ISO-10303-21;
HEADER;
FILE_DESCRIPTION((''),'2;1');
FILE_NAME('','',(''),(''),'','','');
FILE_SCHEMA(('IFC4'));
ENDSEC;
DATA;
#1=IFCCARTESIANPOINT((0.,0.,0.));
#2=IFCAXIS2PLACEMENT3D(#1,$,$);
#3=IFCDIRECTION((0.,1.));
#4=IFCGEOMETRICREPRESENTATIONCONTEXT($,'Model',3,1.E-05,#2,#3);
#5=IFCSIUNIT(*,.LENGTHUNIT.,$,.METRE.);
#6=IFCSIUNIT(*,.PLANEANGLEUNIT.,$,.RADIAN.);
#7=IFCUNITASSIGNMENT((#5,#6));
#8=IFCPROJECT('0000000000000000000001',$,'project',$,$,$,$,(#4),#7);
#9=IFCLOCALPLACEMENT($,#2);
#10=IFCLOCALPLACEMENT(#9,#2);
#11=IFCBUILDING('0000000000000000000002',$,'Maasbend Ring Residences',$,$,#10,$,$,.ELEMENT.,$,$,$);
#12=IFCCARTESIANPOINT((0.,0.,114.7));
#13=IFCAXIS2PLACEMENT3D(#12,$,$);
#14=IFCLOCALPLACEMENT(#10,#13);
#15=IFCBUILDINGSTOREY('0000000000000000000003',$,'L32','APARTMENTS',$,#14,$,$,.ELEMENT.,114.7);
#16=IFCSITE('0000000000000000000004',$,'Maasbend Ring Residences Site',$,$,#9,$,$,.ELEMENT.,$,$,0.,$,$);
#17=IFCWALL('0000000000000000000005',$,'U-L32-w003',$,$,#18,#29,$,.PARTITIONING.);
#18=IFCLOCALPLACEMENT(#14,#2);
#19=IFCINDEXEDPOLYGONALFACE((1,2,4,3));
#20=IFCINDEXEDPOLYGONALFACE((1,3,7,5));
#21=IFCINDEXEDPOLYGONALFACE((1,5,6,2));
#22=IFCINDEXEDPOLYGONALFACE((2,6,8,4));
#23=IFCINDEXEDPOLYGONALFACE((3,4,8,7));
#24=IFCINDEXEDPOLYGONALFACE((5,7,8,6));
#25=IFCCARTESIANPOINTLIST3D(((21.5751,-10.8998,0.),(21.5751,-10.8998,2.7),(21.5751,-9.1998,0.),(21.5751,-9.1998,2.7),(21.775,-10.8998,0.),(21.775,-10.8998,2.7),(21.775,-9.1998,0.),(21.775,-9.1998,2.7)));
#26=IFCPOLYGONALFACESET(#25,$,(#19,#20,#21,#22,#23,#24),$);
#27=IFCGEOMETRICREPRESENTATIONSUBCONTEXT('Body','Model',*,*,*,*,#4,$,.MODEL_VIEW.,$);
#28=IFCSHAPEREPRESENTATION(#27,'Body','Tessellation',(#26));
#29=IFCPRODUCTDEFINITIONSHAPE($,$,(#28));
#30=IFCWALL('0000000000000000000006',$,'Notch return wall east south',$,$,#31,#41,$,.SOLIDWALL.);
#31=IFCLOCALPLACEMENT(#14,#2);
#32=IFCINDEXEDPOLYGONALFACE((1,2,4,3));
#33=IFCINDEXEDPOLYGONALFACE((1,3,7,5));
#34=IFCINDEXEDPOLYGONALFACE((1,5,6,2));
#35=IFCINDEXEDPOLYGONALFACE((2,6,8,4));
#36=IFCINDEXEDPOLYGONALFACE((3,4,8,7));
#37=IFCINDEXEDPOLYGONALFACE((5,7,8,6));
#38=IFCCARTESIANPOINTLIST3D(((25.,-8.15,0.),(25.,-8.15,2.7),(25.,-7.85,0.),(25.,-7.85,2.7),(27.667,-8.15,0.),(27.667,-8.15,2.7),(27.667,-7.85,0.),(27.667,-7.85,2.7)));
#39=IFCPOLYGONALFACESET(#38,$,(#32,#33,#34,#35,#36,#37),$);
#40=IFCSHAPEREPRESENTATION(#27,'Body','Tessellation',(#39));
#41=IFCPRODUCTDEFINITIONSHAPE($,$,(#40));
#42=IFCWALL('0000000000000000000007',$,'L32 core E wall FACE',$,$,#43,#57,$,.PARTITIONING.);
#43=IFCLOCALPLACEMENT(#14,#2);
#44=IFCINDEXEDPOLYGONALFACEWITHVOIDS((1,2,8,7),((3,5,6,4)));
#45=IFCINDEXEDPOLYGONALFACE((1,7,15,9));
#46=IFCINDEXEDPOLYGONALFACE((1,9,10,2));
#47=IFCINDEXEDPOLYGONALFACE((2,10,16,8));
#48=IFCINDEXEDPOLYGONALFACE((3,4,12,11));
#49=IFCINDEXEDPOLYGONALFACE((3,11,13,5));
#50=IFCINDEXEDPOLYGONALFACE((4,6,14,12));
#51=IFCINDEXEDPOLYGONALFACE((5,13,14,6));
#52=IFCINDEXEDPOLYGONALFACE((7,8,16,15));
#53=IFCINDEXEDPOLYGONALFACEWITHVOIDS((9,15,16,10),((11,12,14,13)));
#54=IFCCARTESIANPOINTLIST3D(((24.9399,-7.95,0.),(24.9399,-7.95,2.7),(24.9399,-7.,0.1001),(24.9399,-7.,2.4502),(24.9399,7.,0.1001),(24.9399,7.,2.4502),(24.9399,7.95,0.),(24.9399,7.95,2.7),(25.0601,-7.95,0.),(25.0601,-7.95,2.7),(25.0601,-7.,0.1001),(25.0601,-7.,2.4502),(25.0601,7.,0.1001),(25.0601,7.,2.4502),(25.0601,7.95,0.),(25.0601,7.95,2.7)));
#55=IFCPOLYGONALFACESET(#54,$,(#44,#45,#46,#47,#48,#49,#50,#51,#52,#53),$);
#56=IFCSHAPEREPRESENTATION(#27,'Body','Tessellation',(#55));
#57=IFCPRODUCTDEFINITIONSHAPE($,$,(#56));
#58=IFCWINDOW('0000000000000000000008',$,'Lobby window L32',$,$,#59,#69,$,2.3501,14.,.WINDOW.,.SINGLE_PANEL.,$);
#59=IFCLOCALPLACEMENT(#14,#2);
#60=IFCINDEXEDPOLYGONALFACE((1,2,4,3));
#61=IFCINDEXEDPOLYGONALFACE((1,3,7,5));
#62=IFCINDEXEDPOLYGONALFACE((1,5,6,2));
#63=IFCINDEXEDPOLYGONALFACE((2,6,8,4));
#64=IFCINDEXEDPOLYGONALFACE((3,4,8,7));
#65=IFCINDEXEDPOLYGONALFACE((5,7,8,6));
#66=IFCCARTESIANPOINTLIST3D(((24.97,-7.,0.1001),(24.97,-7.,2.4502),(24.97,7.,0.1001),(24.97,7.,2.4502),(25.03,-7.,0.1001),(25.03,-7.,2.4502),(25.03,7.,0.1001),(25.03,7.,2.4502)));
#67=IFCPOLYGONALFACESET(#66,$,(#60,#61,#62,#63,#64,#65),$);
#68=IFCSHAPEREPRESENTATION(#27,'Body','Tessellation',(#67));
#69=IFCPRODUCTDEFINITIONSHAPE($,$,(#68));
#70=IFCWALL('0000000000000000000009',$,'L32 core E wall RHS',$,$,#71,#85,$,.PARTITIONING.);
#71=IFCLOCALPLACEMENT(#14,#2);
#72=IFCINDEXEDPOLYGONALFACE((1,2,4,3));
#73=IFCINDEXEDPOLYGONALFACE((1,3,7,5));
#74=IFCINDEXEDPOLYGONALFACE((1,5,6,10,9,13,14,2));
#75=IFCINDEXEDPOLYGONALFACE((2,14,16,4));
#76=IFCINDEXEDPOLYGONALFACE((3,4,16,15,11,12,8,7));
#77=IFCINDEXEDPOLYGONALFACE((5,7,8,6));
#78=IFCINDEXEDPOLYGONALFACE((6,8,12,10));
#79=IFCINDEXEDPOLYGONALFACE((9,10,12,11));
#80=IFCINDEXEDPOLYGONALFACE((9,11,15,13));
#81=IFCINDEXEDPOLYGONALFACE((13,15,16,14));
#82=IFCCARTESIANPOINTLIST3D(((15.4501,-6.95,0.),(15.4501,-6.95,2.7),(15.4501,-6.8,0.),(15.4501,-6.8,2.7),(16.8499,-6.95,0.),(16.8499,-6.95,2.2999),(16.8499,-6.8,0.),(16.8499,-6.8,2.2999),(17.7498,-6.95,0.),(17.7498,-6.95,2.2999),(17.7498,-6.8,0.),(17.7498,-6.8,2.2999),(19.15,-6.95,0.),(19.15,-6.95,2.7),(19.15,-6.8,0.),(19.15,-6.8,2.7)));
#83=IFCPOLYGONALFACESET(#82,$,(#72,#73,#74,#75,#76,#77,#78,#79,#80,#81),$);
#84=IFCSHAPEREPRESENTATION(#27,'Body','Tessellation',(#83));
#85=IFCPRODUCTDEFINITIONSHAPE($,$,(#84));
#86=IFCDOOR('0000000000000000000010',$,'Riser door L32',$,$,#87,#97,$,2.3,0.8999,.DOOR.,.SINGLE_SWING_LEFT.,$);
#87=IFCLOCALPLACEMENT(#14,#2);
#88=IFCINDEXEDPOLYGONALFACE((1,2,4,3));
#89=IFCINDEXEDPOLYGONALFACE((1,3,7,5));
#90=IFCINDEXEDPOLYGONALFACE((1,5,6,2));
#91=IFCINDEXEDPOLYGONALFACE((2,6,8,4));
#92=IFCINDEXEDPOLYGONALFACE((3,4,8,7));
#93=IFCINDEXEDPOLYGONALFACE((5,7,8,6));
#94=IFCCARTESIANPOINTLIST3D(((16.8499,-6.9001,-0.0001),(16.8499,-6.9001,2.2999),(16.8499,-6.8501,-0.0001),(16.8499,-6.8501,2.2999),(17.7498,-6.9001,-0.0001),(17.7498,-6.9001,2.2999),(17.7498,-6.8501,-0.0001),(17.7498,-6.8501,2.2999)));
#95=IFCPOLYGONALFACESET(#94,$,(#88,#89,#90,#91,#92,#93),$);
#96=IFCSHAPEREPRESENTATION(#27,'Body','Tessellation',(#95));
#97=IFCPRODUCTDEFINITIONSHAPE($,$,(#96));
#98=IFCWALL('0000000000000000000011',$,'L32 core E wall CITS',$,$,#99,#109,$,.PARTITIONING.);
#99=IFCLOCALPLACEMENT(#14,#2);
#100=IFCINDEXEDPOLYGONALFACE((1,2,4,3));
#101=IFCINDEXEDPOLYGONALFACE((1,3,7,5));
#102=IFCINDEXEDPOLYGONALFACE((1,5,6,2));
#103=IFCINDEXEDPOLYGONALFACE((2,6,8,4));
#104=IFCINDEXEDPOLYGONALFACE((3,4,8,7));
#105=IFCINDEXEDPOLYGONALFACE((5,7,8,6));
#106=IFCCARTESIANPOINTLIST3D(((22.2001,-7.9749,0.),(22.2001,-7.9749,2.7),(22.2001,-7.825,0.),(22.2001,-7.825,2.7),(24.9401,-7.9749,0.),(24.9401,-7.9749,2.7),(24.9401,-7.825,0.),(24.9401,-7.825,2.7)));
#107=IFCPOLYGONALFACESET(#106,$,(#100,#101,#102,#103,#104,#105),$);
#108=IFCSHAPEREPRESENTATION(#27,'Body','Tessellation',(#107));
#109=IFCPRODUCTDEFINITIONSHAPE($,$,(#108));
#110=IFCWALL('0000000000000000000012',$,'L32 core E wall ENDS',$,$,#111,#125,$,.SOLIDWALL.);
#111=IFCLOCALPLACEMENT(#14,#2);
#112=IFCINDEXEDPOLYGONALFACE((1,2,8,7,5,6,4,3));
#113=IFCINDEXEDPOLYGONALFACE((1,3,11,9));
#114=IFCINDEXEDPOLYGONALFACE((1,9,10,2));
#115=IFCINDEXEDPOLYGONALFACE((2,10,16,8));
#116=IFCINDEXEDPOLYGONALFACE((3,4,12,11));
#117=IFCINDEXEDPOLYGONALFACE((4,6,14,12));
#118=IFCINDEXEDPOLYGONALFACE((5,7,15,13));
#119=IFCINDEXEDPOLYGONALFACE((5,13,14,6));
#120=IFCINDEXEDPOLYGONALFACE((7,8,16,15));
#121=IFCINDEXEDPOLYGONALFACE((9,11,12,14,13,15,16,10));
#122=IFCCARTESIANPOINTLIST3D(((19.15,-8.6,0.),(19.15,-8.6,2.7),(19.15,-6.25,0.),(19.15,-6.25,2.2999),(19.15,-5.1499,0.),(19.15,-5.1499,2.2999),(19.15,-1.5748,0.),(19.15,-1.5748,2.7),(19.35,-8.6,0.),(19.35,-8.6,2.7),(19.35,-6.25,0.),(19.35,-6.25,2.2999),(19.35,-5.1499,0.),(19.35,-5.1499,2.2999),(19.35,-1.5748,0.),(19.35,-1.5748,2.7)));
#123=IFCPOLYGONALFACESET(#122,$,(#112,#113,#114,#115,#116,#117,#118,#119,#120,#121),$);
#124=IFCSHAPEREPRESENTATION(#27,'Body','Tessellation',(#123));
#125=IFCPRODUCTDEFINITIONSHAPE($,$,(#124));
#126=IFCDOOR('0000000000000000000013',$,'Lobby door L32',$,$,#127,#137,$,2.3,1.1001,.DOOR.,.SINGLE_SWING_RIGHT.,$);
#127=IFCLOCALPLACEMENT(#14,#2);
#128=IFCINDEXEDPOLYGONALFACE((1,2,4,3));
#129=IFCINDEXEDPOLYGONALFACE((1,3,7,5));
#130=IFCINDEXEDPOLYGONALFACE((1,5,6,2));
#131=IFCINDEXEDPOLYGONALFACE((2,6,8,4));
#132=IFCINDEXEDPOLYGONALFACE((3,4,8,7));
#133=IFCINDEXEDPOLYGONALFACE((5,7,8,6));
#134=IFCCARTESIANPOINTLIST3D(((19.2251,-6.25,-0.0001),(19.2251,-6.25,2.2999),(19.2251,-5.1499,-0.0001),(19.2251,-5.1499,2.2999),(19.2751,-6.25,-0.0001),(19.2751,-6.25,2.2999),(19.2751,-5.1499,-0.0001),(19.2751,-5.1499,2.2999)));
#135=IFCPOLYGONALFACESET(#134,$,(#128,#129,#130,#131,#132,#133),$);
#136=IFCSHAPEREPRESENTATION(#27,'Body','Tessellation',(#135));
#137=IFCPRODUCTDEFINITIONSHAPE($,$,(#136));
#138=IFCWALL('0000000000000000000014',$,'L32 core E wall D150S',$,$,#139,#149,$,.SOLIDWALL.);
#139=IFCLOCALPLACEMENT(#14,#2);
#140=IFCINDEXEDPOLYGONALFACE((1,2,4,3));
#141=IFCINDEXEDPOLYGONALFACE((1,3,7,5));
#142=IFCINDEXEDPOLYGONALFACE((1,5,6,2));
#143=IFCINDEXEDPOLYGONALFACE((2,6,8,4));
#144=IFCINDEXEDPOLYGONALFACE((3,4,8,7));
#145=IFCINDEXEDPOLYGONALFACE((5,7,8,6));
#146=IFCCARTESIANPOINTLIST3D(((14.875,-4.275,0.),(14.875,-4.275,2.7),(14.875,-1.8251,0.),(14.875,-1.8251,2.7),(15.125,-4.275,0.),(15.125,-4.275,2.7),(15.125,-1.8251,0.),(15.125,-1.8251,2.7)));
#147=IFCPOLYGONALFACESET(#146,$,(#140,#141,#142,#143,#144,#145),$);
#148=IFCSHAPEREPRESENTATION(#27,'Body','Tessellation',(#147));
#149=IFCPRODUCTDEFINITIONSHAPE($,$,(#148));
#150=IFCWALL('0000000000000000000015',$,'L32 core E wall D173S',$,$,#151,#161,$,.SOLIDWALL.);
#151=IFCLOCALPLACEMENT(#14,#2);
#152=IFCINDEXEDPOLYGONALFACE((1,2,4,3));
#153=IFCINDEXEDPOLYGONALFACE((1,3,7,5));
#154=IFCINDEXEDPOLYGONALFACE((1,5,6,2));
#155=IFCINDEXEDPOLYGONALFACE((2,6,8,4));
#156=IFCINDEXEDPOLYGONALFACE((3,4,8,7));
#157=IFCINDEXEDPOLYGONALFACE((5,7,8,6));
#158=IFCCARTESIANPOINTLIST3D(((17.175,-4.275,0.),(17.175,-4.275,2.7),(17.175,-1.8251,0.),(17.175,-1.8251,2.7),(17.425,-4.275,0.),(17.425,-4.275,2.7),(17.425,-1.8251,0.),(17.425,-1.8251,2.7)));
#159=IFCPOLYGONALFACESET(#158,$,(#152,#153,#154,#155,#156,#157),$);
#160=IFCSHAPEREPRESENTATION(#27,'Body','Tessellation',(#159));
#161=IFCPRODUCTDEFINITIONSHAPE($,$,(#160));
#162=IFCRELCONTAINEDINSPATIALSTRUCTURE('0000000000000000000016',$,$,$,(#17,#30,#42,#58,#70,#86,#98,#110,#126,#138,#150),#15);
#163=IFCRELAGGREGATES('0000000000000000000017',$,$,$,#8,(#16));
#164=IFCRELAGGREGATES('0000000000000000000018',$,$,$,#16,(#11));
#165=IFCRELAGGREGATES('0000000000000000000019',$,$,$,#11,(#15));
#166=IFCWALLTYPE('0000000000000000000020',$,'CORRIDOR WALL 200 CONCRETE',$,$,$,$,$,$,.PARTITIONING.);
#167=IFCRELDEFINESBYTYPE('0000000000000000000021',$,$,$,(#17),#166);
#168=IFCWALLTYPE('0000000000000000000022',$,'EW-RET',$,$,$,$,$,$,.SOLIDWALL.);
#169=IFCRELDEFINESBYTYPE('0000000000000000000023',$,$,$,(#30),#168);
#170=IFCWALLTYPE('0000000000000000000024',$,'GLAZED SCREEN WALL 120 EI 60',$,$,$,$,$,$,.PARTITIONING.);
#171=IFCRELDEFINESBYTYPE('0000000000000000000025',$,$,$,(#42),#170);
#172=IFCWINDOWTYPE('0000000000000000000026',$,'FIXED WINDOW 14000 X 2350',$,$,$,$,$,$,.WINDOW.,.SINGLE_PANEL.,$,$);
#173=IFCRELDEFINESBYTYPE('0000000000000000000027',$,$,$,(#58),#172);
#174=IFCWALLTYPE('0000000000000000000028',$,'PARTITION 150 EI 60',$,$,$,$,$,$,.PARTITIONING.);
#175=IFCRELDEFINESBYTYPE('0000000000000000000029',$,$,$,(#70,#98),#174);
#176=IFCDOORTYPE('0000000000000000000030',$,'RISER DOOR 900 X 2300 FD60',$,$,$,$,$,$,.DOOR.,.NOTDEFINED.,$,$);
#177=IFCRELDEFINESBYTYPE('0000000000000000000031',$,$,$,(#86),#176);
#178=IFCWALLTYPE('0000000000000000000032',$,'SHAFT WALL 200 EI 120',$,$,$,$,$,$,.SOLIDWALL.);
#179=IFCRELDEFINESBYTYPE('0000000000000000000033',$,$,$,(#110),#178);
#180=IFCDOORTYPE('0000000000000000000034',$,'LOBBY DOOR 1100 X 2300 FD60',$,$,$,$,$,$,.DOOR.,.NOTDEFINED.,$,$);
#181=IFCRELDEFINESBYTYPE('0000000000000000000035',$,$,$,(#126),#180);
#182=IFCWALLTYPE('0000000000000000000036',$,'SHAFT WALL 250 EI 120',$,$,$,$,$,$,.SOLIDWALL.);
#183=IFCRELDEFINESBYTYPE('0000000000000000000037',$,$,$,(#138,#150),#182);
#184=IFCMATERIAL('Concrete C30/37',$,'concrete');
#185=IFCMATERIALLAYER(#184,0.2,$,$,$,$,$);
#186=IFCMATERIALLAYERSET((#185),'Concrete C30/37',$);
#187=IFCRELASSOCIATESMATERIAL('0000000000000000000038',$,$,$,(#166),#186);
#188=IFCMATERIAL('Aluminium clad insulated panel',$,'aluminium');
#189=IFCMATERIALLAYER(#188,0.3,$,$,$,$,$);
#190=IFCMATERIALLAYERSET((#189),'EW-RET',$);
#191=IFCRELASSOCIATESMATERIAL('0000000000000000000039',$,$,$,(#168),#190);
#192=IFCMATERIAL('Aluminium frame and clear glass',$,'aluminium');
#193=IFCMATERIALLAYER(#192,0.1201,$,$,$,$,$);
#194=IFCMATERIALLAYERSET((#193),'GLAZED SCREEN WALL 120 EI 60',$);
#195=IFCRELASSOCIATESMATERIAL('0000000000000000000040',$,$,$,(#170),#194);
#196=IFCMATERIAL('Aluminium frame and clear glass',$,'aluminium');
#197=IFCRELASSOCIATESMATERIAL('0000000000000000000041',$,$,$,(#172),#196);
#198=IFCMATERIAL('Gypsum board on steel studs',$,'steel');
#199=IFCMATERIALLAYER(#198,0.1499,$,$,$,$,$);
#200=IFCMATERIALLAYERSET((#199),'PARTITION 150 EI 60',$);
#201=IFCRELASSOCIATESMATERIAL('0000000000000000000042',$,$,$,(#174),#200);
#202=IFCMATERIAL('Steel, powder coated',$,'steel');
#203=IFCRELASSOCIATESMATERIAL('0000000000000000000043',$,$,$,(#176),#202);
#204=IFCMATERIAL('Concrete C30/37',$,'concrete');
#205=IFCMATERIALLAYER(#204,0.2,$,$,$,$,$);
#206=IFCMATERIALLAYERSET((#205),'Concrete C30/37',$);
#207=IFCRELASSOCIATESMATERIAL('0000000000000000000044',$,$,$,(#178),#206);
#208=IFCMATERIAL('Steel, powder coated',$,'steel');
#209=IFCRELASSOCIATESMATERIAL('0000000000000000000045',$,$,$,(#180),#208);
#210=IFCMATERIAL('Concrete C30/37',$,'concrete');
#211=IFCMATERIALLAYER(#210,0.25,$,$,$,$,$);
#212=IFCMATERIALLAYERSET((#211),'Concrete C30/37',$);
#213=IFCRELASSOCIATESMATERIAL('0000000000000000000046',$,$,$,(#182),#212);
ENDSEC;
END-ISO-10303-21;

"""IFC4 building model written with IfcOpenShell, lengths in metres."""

from ifc_helpers import new_model, si_unit, direction, frame, frame_2d, origin, place, context, subcontext, project, spatial, rectangle, extrude, material, layer, layer_set, type_object, element, fill, save


model = new_model("IFC4")

# Units and contexts
model_context = context("Model", 3, precision=1e-05, world=origin(), true_north=direction((0.0, 1.0)))
body_context = subcontext(model_context, "Body", "Model", "MODEL_VIEW")
ifc_project = project(units=[si_unit("LENGTHUNIT", "METRE"), si_unit("PLANEANGLEUNIT", "RADIAN")], contexts=[model_context])

# Site, building, storey
site_placement = place(None, origin())
site = spatial("IfcSite", under=ifc_project, at=site_placement, Name="Maasbend Ring Residences Site", CompositionType="ELEMENT", RefElevation=0.0)
building_placement = place(site_placement, origin())
building = spatial("IfcBuilding", under=site, at=building_placement, Name="Maasbend Ring Residences", CompositionType="ELEMENT")
storey_placement = place(building_placement, frame((0.0, 0.0, 114.7)))
storey = spatial("IfcBuildingStorey", under=building, at=storey_placement, Name="L32", Description="APARTMENTS", CompositionType="ELEMENT", Elevation=114.7)

# Walls
ifc_material_1 = material(Name="Concrete C30/37", Category="concrete")
ifc_layer_1 = layer(ifc_material_1, 0.2)
ifc_layer_set_1 = layer_set([ifc_layer_1], Name="Concrete C30/37")
wall_type_1 = type_object("IfcWallType", Name="CORRIDOR WALL 200 CONCRETE", PredefinedType="PARTITIONING", material=ifc_layer_set_1)
wall_1_placement = place(storey_placement, frame((21.675, -10.8999, 0.0), z_axis=(0.0, 0.0, 1.0), x_axis=(0.0, 1.0, 0.0)))
element("IfcWall", 1, at=wall_1_placement, inside=storey, type_object=wall_type_1, Name="U-L32-w003", PredefinedType="PARTITIONING", context=body_context, shape_type="SweptSolid", body=[
    extrude(rectangle(XDim=1.7, YDim=0.2, at=frame_2d((0.8501, 0.0))), origin(), (0.0, 0.0, 1.0), 2.7),
])
ifc_material_2 = material(Name="Aluminium clad insulated panel", Category="aluminium")
ifc_layer_2 = layer(ifc_material_2, 0.3)
ifc_layer_set_2 = layer_set([ifc_layer_2], Name="EW-RET")
wall_type_2 = type_object("IfcWallType", Name="EW-RET", PredefinedType="SOLIDWALL", material=ifc_layer_set_2)
wall_2_placement = place(storey_placement, frame((25.0, -8.0, 0.0), z_axis=(0.0, 0.0, 1.0), x_axis=(1.0, 0.0, 0.0)))
element("IfcWall", 2, at=wall_2_placement, inside=storey, type_object=wall_type_2, Name="Notch return wall east south", PredefinedType="SOLIDWALL", context=body_context, shape_type="SweptSolid", body=[
    extrude(rectangle(XDim=2.667, YDim=0.3, at=frame_2d((1.3335, 0.0))), origin(), (0.0, 0.0, 1.0), 2.7),
])

# Wall, opening, window
ifc_material_3 = material(Name="Aluminium frame and clear glass", Category="aluminium")
ifc_layer_3 = layer(ifc_material_3, 0.1201)
ifc_layer_set_3 = layer_set([ifc_layer_3], Name="GLAZED SCREEN WALL 120 EI 60")
wall_type_3 = type_object("IfcWallType", Name="GLAZED SCREEN WALL 120 EI 60", PredefinedType="PARTITIONING", material=ifc_layer_set_3)
wall_3_placement = place(storey_placement, frame((25.0, -7.95, 0.0), z_axis=(0.0, 0.0, 1.0), x_axis=(0.0, 1.0, 0.0)))
wall_3 = element("IfcWall", 3, at=wall_3_placement, inside=storey, type_object=wall_type_3, Name="L32 core E wall FACE", PredefinedType="PARTITIONING", context=body_context, shape_type="SweptSolid", body=[
    extrude(rectangle(XDim=15.8999, YDim=0.1201, at=frame_2d((7.95, 0.0))), origin(), (0.0, 0.0, 1.0), 2.7),
])
opening_1_placement = place(wall_3_placement, frame((0.95, 0.0, 0.1001)))
opening_1 = element("IfcOpeningElement", 4, at=opening_1_placement, cuts=wall_3, PredefinedType="OPENING", context=body_context, shape_type="SweptSolid", body=[
    extrude(rectangle(XDim=14.0, YDim=2.3501, at=frame_2d((7.0, 1.175))), frame((0.0, 0.0701, 0.0), z_axis=(0.0, -1.0, 0.0), x_axis=(1.0, 0.0, 0.0)), (0.0, 0.0, 1.0), 0.1401),
])
ifc_material_4 = material(Name="Aluminium frame and clear glass", Category="aluminium")
window_type = type_object("IfcWindowType", Name="FIXED WINDOW 14000 X 2350", PartitioningType="SINGLE_PANEL", PredefinedType="WINDOW", material=ifc_material_4)
window_placement = place(opening_1_placement, origin())
window = element("IfcWindow", 5, at=window_placement, inside=storey, type_object=window_type, Name="Lobby window L32", OverallHeight=2.3501, OverallWidth=14.0, PartitioningType="SINGLE_PANEL", PredefinedType="WINDOW", context=body_context, shape_type="SweptSolid", body=[
    extrude(rectangle(XDim=14.0, YDim=2.3501, at=frame_2d((7.0, 1.175))), frame((0.0, 0.03, 0.0), z_axis=(0.0, -1.0, 0.0), x_axis=(1.0, 0.0, 0.0)), (0.0, 0.0, 1.0), 0.0601),
])
fill(opening_1, window)

# Wall, opening, door
ifc_material_5 = material(Name="Gypsum board on steel studs", Category="steel")
ifc_layer_4 = layer(ifc_material_5, 0.1499)
ifc_layer_set_4 = layer_set([ifc_layer_4], Name="PARTITION 150 EI 60")
wall_type_4 = type_object("IfcWallType", Name="PARTITION 150 EI 60", PredefinedType="PARTITIONING", material=ifc_layer_set_4)
wall_4_placement = place(storey_placement, frame((15.45, -6.875, 0.0), z_axis=(0.0, 0.0, 1.0), x_axis=(1.0, 0.0, 0.0)))
wall_4 = element("IfcWall", 6, at=wall_4_placement, inside=storey, type_object=wall_type_4, Name="L32 core E wall RHS", PredefinedType="PARTITIONING", context=body_context, shape_type="SweptSolid", body=[
    extrude(rectangle(XDim=3.7, YDim=0.1499, at=frame_2d((1.8501, 0.0))), origin(), (0.0, 0.0, 1.0), 2.7),
])
opening_2_placement = place(wall_4_placement, frame((1.3999, 0.0, 0.0)))
opening_2 = element("IfcOpeningElement", 7, at=opening_2_placement, cuts=wall_4, PredefinedType="OPENING", context=body_context, shape_type="SweptSolid", body=[
    extrude(rectangle(XDim=0.8999, YDim=2.3, at=frame_2d((0.45, 1.1499))), frame((0.0, 0.085, 0.0), z_axis=(0.0, -1.0, 0.0), x_axis=(1.0, 0.0, 0.0)), (0.0, 0.0, 1.0), 0.1699),
])
ifc_material_6 = material(Name="Steel, powder coated", Category="steel")
door_type_1 = type_object("IfcDoorType", Name="RISER DOOR 900 X 2300 FD60", OperationType="NOTDEFINED", PredefinedType="DOOR", material=ifc_material_6)
door_1_placement = place(opening_2_placement, origin())
door_1 = element("IfcDoor", 8, at=door_1_placement, inside=storey, type_object=door_type_1, Name="Riser door L32", OperationType="SINGLE_SWING_LEFT", OverallHeight=2.3, OverallWidth=0.8999, PredefinedType="DOOR", context=body_context, shape_type="SweptSolid", body=[
    extrude(rectangle(XDim=0.8999, YDim=2.3, at=frame_2d((0.45, 1.1499))), frame((0.0, 0.0249, 0.0), z_axis=(0.0, -1.0, 0.0), x_axis=(1.0, 0.0, 0.0)), (0.0, 0.0, 1.0), 0.05),
])
fill(opening_2, door_1)

# Wall
wall_5_placement = place(storey_placement, frame((22.2, -7.8999, 0.0), z_axis=(0.0, 0.0, 1.0), x_axis=(1.0, 0.0, 0.0)))
element("IfcWall", 9, at=wall_5_placement, inside=storey, type_object=wall_type_4, Name="L32 core E wall CITS", PredefinedType="PARTITIONING", context=body_context, shape_type="SweptSolid", body=[
    extrude(rectangle(XDim=2.74, YDim=0.1499, at=frame_2d((1.3701, 0.0))), origin(), (0.0, 0.0, 1.0), 2.7),
])

# Wall, opening, door
ifc_material_7 = material(Name="Concrete C30/37", Category="concrete")
ifc_layer_5 = layer(ifc_material_7, 0.2)
ifc_layer_set_5 = layer_set([ifc_layer_5], Name="Concrete C30/37")
wall_type_5 = type_object("IfcWallType", Name="SHAFT WALL 200 EI 120", PredefinedType="SOLIDWALL", material=ifc_layer_set_5)
wall_6_placement = place(storey_placement, frame((19.25, -8.6001, 0.0), z_axis=(0.0, 0.0, 1.0), x_axis=(0.0, 1.0, 0.0)))
wall_6 = element("IfcWall", 10, at=wall_6_placement, inside=storey, type_object=wall_type_5, Name="L32 core E wall ENDS", PredefinedType="SOLIDWALL", context=body_context, shape_type="SweptSolid", body=[
    extrude(rectangle(XDim=7.0251, YDim=0.2, at=frame_2d((3.5127, 0.0))), origin(), (0.0, 0.0, 1.0), 2.7),
])
opening_3_placement = place(wall_6_placement, frame((2.3501, 0.0, 0.0)))
opening_3 = element("IfcOpeningElement", 11, at=opening_3_placement, cuts=wall_6, PredefinedType="OPENING", context=body_context, shape_type="SweptSolid", body=[
    extrude(rectangle(XDim=1.1001, YDim=2.3, at=frame_2d((0.55, 1.1499))), frame((0.0, 0.1099, 0.0), z_axis=(0.0, -1.0, 0.0), x_axis=(1.0, 0.0, 0.0)), (0.0, 0.0, 1.0), 0.22),
])
ifc_material_8 = material(Name="Steel, powder coated", Category="steel")
door_type_2 = type_object("IfcDoorType", Name="LOBBY DOOR 1100 X 2300 FD60", OperationType="NOTDEFINED", PredefinedType="DOOR", material=ifc_material_8)
door_2_placement = place(opening_3_placement, origin())
door_2 = element("IfcDoor", 12, at=door_2_placement, inside=storey, type_object=door_type_2, Name="Lobby door L32", OperationType="SINGLE_SWING_RIGHT", OverallHeight=2.3, OverallWidth=1.1001, PredefinedType="DOOR", context=body_context, shape_type="SweptSolid", body=[
    extrude(rectangle(XDim=1.1001, YDim=2.3, at=frame_2d((0.55, 1.1499))), frame((0.0, 0.0249, 0.0), z_axis=(0.0, -1.0, 0.0), x_axis=(1.0, 0.0, 0.0)), (0.0, 0.0, 1.0), 0.05),
])
fill(opening_3, door_2)

# Walls
ifc_material_9 = material(Name="Concrete C30/37", Category="concrete")
ifc_layer_6 = layer(ifc_material_9, 0.25)
ifc_layer_set_6 = layer_set([ifc_layer_6], Name="Concrete C30/37")
wall_type_6 = type_object("IfcWallType", Name="SHAFT WALL 250 EI 120", PredefinedType="SOLIDWALL", material=ifc_layer_set_6)
for number, where, z_axis, x_axis, name in (
    (13, (15.0, -1.825, 0.0), (0.0, 0.0, 1.0), (0.0, -1.0, 0.0), "L32 core E wall D150S"),
    (14, (17.3, -1.825, 0.0), (0.0, 0.0, 1.0), (0.0, -1.0, 0.0), "L32 core E wall D173S"),
):
    element("IfcWall", number, at=place(storey_placement, frame(where, z_axis=z_axis, x_axis=x_axis)), inside=storey, type_object=wall_type_6, Name=name, PredefinedType="SOLIDWALL", context=body_context, shape_type="SweptSolid", body=[
        extrude(rectangle(XDim=2.45, YDim=0.25, at=frame_2d((1.2251, 0.0))), origin(), (0.0, 0.0, 1.0), 2.7),
    ])

save(model, "model.ifc")
